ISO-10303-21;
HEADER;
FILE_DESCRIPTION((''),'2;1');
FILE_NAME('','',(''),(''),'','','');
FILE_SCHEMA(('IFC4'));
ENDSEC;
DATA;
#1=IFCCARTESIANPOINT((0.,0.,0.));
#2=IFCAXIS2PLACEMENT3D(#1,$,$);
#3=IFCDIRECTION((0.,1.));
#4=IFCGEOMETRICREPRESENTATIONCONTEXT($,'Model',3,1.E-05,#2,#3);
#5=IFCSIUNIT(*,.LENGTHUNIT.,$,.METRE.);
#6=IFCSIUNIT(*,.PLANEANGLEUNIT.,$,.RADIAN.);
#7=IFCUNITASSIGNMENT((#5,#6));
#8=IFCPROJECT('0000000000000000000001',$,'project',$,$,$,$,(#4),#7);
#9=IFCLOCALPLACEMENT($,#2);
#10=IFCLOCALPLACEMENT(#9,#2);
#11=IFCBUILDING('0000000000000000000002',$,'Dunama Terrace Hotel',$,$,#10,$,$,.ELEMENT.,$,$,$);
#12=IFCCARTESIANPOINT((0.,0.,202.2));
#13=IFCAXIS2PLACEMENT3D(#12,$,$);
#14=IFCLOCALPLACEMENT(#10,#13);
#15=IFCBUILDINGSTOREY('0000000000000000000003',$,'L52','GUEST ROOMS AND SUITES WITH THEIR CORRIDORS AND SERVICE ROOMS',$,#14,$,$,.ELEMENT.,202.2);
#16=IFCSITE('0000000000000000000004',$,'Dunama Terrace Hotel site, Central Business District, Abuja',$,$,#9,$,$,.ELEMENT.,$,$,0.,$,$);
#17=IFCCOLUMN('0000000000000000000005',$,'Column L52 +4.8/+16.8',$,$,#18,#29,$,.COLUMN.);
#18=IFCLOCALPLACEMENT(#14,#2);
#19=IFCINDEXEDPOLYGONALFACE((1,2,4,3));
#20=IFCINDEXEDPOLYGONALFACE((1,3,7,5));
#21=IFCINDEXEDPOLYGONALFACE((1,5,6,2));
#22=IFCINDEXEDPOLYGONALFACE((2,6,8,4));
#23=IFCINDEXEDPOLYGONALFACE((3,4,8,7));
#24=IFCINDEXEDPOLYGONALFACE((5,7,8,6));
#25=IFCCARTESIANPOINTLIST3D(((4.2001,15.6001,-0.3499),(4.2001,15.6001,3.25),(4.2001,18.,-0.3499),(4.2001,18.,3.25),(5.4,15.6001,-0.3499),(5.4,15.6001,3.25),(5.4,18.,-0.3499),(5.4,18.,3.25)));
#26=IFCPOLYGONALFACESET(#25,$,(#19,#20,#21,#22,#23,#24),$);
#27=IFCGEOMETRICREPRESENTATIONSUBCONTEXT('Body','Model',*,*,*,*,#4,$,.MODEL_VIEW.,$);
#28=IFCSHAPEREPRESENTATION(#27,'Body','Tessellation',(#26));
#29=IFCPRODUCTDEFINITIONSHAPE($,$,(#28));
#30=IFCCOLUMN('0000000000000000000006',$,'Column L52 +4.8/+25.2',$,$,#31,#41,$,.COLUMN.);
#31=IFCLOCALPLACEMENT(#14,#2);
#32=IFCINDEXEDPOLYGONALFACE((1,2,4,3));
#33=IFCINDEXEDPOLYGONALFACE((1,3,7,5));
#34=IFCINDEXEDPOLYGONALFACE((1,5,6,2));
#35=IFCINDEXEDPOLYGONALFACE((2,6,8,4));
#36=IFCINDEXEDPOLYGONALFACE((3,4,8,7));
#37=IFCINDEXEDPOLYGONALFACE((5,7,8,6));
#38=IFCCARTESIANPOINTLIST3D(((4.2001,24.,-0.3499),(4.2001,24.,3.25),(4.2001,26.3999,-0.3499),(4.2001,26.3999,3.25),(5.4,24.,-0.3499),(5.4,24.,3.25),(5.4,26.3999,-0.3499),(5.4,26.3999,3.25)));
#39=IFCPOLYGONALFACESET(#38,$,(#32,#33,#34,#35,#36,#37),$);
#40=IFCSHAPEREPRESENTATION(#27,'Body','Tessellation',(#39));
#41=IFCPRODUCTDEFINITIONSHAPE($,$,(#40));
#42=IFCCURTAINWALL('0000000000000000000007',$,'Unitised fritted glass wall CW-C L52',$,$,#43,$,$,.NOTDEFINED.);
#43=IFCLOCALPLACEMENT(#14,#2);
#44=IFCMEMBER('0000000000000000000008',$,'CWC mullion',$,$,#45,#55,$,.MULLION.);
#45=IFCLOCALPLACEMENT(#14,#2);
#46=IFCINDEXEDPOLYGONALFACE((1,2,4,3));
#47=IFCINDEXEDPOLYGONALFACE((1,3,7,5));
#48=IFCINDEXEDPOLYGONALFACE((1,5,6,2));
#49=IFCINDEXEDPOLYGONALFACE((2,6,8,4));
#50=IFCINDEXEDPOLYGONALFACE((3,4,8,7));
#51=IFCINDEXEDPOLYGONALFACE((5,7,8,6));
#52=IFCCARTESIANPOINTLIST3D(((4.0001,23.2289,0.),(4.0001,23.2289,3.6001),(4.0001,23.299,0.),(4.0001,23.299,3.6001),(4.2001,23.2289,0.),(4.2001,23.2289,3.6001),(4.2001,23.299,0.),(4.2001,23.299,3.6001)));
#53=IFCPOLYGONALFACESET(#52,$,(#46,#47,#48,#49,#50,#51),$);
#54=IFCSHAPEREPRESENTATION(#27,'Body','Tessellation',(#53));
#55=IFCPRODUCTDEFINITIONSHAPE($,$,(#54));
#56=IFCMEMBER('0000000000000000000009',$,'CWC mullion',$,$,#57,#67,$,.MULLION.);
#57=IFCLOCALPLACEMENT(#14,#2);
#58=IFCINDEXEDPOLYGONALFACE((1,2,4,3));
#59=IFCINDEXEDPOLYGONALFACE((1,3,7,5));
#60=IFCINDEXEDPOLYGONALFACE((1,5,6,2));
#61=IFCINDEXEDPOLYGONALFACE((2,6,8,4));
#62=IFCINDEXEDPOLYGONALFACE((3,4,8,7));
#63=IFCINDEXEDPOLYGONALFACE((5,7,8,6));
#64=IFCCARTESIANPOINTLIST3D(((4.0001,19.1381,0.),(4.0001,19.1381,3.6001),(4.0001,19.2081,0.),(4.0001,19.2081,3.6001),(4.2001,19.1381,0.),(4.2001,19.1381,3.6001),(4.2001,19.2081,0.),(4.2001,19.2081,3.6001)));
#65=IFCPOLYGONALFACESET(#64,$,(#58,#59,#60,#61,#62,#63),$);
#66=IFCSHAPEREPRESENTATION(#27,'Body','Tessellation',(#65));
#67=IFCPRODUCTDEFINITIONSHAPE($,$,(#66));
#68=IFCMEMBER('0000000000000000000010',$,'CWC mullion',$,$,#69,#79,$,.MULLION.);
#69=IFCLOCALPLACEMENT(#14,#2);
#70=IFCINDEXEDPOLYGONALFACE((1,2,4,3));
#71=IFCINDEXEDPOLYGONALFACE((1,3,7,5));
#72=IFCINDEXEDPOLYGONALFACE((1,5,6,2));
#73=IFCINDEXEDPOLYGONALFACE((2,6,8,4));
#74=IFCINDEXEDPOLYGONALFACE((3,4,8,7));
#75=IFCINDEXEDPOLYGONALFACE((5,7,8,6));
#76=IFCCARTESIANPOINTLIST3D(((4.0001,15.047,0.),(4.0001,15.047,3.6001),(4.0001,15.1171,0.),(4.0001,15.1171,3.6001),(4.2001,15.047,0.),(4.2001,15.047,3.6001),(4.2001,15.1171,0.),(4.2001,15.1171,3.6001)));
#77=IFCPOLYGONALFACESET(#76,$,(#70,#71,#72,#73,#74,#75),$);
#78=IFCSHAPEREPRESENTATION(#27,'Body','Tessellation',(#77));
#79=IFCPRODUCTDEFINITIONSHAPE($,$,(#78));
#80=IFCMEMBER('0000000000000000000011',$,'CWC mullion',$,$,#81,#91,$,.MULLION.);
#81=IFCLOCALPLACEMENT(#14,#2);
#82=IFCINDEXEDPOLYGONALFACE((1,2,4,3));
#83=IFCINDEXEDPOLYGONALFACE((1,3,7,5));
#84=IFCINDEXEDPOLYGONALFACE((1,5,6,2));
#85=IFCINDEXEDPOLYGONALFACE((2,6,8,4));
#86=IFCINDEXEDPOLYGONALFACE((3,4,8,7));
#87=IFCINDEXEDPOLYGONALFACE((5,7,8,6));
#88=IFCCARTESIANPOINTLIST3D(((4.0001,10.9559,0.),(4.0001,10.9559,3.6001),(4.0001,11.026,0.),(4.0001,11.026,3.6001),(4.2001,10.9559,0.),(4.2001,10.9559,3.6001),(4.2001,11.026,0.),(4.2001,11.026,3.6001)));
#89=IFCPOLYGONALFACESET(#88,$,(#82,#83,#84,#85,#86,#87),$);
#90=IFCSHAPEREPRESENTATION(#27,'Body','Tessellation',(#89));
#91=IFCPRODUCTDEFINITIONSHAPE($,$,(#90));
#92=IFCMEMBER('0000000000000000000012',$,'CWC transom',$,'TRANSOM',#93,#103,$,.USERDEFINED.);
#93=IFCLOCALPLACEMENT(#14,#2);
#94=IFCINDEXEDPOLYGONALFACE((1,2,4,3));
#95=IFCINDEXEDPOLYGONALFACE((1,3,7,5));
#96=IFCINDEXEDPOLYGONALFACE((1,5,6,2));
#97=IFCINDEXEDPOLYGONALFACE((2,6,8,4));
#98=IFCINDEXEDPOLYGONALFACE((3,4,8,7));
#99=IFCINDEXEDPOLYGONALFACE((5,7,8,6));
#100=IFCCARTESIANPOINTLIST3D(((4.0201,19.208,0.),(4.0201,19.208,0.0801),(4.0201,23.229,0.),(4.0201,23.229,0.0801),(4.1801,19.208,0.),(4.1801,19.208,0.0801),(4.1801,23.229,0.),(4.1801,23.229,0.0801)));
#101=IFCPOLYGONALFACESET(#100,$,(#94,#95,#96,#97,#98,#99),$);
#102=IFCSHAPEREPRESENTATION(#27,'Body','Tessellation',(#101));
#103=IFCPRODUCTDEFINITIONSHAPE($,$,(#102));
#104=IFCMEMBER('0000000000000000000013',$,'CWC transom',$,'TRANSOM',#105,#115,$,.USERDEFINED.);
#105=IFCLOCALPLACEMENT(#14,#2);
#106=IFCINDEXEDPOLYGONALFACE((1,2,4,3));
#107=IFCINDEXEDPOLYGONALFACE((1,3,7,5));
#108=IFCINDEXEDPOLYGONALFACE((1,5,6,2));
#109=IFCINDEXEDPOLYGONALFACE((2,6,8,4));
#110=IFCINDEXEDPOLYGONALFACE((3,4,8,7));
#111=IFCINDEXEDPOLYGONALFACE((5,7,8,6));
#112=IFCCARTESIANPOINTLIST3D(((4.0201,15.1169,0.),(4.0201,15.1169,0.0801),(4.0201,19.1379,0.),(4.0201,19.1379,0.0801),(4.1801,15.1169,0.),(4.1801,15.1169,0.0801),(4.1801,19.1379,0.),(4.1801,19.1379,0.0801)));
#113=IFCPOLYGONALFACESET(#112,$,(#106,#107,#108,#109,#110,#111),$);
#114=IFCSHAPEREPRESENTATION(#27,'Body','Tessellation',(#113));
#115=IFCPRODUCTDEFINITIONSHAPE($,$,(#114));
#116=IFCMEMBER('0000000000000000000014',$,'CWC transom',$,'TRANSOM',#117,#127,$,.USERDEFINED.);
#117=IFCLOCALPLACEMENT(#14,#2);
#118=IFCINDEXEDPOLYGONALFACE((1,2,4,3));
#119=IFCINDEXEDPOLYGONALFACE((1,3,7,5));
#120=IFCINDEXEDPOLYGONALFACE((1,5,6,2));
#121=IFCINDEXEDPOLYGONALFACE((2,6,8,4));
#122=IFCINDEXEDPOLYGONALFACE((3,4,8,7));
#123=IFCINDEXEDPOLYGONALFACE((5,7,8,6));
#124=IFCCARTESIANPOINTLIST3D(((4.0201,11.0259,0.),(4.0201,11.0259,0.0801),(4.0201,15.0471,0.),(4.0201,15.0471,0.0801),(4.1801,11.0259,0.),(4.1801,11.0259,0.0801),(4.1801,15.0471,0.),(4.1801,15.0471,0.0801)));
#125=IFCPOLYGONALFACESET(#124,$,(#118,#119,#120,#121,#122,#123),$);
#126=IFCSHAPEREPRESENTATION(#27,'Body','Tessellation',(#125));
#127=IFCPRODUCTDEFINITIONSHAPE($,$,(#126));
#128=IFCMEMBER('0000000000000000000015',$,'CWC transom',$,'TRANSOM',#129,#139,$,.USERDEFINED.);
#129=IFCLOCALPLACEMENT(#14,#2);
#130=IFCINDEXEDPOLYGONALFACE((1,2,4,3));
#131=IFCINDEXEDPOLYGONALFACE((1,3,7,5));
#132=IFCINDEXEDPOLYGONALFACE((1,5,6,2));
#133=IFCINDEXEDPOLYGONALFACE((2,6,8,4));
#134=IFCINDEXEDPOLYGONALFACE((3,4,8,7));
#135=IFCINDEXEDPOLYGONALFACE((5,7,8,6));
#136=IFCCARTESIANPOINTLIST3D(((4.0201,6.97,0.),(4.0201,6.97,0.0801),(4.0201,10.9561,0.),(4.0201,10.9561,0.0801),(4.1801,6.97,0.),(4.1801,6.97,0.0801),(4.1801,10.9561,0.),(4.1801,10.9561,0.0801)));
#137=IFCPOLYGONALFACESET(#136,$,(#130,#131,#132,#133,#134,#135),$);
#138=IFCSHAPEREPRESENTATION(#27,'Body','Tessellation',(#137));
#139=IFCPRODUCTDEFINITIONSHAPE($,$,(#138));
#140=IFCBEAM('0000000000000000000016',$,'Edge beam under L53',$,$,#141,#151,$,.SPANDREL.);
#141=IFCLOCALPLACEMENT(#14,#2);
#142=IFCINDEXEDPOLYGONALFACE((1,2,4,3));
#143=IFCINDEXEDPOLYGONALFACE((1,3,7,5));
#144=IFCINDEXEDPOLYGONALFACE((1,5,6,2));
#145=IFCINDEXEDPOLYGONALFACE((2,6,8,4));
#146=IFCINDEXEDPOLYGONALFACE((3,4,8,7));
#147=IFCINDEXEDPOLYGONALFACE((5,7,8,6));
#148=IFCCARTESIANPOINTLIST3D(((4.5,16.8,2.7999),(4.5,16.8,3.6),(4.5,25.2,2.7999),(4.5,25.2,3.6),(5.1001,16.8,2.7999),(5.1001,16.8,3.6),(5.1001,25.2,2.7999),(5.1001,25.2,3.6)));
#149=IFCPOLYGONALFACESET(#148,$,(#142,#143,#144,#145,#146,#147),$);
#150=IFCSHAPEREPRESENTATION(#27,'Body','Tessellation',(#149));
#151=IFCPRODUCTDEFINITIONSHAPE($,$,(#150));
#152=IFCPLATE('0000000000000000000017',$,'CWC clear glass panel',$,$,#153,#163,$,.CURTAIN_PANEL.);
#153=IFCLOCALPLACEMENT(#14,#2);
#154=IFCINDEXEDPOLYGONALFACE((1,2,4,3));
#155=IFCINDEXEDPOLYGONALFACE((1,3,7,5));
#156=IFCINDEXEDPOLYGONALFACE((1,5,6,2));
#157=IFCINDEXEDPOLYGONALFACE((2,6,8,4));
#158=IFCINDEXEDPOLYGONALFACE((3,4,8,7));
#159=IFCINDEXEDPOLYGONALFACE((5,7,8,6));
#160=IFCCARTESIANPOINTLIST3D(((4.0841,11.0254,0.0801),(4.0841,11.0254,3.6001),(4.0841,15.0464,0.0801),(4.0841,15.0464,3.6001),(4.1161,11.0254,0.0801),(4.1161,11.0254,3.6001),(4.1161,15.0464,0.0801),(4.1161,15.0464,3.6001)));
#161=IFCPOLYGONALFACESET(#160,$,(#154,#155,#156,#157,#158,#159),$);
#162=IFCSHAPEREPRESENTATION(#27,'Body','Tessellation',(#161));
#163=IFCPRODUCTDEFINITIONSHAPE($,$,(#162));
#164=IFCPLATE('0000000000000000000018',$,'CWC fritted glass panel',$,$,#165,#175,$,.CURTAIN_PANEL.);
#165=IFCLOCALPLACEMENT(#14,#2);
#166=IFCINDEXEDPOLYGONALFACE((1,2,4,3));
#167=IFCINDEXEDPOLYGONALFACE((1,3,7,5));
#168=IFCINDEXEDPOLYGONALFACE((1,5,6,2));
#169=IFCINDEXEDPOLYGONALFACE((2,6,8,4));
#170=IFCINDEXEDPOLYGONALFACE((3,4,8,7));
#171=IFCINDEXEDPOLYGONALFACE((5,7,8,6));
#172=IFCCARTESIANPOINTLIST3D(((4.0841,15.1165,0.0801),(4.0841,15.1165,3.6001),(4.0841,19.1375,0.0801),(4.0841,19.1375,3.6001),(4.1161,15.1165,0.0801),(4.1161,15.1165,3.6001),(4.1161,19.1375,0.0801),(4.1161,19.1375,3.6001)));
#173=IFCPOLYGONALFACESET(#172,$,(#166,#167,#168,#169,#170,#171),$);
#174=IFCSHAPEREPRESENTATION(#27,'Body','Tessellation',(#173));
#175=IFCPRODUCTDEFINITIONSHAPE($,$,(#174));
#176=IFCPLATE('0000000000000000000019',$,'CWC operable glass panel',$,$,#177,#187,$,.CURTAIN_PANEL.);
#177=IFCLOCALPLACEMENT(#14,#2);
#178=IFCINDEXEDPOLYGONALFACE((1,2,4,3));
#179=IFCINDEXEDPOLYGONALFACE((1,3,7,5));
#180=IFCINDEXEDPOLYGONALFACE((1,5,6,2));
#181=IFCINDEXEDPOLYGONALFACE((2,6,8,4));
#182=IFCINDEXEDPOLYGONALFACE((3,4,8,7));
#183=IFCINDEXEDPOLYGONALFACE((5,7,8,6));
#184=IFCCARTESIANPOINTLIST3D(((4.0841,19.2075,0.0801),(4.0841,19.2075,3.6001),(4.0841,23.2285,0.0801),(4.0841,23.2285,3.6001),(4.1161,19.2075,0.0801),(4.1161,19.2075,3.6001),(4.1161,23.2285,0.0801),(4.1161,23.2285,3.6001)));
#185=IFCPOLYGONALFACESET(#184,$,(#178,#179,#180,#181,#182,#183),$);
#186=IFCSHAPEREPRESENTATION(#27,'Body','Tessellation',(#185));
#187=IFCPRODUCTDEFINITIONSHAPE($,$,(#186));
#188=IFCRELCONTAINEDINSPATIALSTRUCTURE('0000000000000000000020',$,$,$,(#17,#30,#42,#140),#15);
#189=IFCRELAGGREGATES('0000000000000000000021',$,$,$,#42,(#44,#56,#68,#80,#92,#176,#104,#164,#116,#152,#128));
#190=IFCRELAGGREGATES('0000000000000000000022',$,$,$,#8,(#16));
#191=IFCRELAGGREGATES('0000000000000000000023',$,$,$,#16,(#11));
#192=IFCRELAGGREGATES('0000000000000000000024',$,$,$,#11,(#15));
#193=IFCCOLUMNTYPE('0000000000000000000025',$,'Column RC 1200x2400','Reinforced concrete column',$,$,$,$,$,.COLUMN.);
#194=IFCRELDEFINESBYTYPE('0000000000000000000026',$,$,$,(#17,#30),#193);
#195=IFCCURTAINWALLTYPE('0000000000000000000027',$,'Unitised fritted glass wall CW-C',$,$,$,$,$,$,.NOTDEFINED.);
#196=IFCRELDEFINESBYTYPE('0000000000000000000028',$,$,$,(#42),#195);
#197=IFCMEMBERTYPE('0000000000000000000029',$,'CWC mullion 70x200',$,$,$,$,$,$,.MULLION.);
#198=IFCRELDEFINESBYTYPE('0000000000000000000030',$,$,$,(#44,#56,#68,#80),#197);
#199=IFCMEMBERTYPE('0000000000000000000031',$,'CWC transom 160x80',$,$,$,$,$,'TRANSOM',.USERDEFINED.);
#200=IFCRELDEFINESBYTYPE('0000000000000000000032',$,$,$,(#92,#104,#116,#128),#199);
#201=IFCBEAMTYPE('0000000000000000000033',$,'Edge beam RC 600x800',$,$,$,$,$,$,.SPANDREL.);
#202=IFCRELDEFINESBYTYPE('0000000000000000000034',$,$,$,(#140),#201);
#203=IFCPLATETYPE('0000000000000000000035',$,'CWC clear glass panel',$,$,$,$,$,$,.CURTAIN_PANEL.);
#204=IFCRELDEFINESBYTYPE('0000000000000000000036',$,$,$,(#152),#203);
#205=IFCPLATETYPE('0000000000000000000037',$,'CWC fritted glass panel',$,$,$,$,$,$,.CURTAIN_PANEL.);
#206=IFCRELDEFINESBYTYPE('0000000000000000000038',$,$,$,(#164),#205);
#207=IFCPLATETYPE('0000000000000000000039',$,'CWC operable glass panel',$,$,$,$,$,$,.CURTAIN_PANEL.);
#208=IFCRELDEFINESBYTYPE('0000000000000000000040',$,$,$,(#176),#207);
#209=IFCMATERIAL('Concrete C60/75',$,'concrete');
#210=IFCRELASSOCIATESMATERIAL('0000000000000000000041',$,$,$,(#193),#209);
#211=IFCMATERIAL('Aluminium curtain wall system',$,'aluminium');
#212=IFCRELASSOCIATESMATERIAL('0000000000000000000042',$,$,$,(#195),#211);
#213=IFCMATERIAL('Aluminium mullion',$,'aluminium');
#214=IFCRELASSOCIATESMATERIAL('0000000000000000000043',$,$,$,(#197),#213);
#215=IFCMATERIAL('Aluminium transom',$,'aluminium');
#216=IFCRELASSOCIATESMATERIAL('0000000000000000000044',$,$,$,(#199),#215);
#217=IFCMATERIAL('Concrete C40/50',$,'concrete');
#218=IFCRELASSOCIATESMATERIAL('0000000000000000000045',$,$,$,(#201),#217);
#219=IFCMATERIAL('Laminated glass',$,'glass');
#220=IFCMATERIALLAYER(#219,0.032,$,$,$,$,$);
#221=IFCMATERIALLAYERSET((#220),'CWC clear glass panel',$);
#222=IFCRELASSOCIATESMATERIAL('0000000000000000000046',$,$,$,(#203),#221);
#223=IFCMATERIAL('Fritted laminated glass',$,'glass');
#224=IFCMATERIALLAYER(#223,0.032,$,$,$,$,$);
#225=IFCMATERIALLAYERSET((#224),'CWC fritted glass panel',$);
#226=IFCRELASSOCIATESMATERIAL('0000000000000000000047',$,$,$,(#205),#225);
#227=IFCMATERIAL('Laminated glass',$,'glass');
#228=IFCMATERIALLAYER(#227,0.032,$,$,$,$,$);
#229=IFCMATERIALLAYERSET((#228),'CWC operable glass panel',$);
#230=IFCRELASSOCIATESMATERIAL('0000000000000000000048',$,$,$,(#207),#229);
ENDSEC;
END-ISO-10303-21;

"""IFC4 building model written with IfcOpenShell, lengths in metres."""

from ifc_helpers import new_model, si_unit, direction, frame, origin, origin_2d, place, context, subcontext, project, spatial, rectangle, extrude, material, layer, layer_set, material_profile, profile_set, type_object, element, aggregate, save


model = new_model("IFC4")

# Units and contexts
model_context = context("Model", 3, precision=1e-05, world=origin(), true_north=direction((0.0, 1.0)))
body_context = subcontext(model_context, "Body", "Model", "MODEL_VIEW")
ifc_project = project(units=[si_unit("LENGTHUNIT", "METRE"), si_unit("PLANEANGLEUNIT", "RADIAN")], contexts=[model_context])

# Site, building, storey
site_placement = place(None, origin())
site = spatial("IfcSite", under=ifc_project, at=site_placement, Name="Dunama Terrace Hotel site, Central Business District, Abuja", CompositionType="ELEMENT", RefElevation=0.0)
building_placement = place(site_placement, origin())
building = spatial("IfcBuilding", under=site, at=building_placement, Name="Dunama Terrace Hotel", CompositionType="ELEMENT")
storey_placement = place(building_placement, frame((0.0, 0.0, 202.2)))
storey = spatial("IfcBuildingStorey", under=building, at=storey_placement, Name="L52", Description="GUEST ROOMS AND SUITES WITH THEIR CORRIDORS AND SERVICE ROOMS", CompositionType="ELEMENT", Elevation=202.2)

# Columns
ifc_material_1 = material(Name="Concrete C60/75", Category="concrete")
ifc_material_profile_1 = material_profile(ifc_material_1, rectangle(XDim=1.2, YDim=2.3999, at=origin_2d()), Name="RC 1200x2400")
ifc_profile_set_1 = profile_set([ifc_material_profile_1], Name="Concrete C60/75")
column_type = type_object("IfcColumnType", Name="Column RC 1200x2400", Description="Reinforced concrete column", PredefinedType="COLUMN", material=ifc_profile_set_1)
for number, where, z_axis, x_axis, name in (
    (1, (4.8, 16.8, -0.3499), (0.0, 0.0, 1.0), (1.0, 0.0, 0.0), "Column L52 +4.8/+16.8"),
    (2, (4.8, 25.2, -0.3499), (0.0, 0.0, 1.0), (1.0, 0.0, 0.0), "Column L52 +4.8/+25.2"),
):
    element("IfcColumn", number, at=place(storey_placement, frame(where, z_axis=z_axis, x_axis=x_axis)), inside=storey, type_object=column_type, Name=name, PredefinedType="COLUMN", context=body_context, shape_type="SweptSolid", body=[
        extrude(rectangle(XDim=1.2, YDim=2.3999, at=origin_2d()), origin(), (0.0, 0.0, 1.0), 3.5999),
    ])

# Curtain wall, members
ifc_material_2 = material(Name="Aluminium curtain wall system", Category="aluminium")
curtain_wall_type = type_object("IfcCurtainWallType", Name="Unitised fritted glass wall CW-C", PredefinedType="NOTDEFINED", material=ifc_material_2)
curtain_wall_placement = place(storey_placement, origin())
curtain_wall = element("IfcCurtainWall", 3, at=curtain_wall_placement, inside=storey, type_object=curtain_wall_type, Name="Unitised fritted glass wall CW-C L52", PredefinedType="NOTDEFINED")
ifc_material_3 = material(Name="Aluminium mullion", Category="aluminium")
ifc_material_profile_2 = material_profile(ifc_material_3, rectangle(XDim=0.0701, YDim=0.2, at=origin_2d()), Name="CWC MULLION 70X200")
ifc_profile_set_2 = profile_set([ifc_material_profile_2], Name="Aluminium mullion")
member_type_1 = type_object("IfcMemberType", Name="CWC mullion 70x200", PredefinedType="MULLION", material=ifc_profile_set_2)
member_1_placement = place(storey_placement, frame((4.1001, 23.2639, 0.0), z_axis=(0.0, 0.0, 1.0), x_axis=(0.0, -1.0, 0.0)))
member_1 = element("IfcMember", 4, at=member_1_placement, type_object=member_type_1, Name="CWC mullion", PredefinedType="MULLION", context=body_context, shape_type="SweptSolid", body=[
    extrude(rectangle(XDim=0.0701, YDim=0.2, at=origin_2d()), origin(), (0.0, 0.0, 1.0), 3.6001),
])
member_2_placement = place(storey_placement, frame((4.1001, 19.1731, 0.0), z_axis=(0.0, 0.0, 1.0), x_axis=(0.0, -1.0, 0.0)))
member_2 = element("IfcMember", 5, at=member_2_placement, type_object=member_type_1, Name="CWC mullion", PredefinedType="MULLION", context=body_context, shape_type="SweptSolid", body=[
    extrude(rectangle(XDim=0.0701, YDim=0.2, at=origin_2d()), origin(), (0.0, 0.0, 1.0), 3.6001),
])
member_3_placement = place(storey_placement, frame((4.1001, 15.082, 0.0), z_axis=(0.0, 0.0, 1.0), x_axis=(0.0, -1.0, 0.0)))
member_3 = element("IfcMember", 6, at=member_3_placement, type_object=member_type_1, Name="CWC mullion", PredefinedType="MULLION", context=body_context, shape_type="SweptSolid", body=[
    extrude(rectangle(XDim=0.0701, YDim=0.2, at=origin_2d()), origin(), (0.0, 0.0, 1.0), 3.6001),
])
member_4_placement = place(storey_placement, frame((4.1001, 10.991, 0.0), z_axis=(0.0, 0.0, 1.0), x_axis=(0.0, -1.0, 0.0)))
member_4 = element("IfcMember", 7, at=member_4_placement, type_object=member_type_1, Name="CWC mullion", PredefinedType="MULLION", context=body_context, shape_type="SweptSolid", body=[
    extrude(rectangle(XDim=0.0701, YDim=0.2, at=origin_2d()), origin(), (0.0, 0.0, 1.0), 3.6001),
])
ifc_material_4 = material(Name="Aluminium transom", Category="aluminium")
ifc_material_profile_3 = material_profile(ifc_material_4, rectangle(XDim=0.1599, YDim=0.0801, at=origin_2d()), Name="CWC TRANSOM 160X80")
ifc_profile_set_3 = profile_set([ifc_material_profile_3], Name="Aluminium transom")
member_type_2 = type_object("IfcMemberType", Name="CWC transom 160x80", ElementType="TRANSOM", PredefinedType="USERDEFINED", material=ifc_profile_set_3)
member_5_placement = place(storey_placement, frame((4.1001, 23.229, 0.04), z_axis=(0.0, -1.0, 0.0), x_axis=(1.0, 0.0, 0.0)))
member_5 = element("IfcMember", 8, at=member_5_placement, type_object=member_type_2, Name="CWC transom", ObjectType="TRANSOM", PredefinedType="USERDEFINED", context=body_context, shape_type="SweptSolid", body=[
    extrude(rectangle(XDim=0.1599, YDim=0.0801, at=origin_2d()), origin(), (0.0, 0.0, 1.0), 4.021),
])
member_6_placement = place(storey_placement, frame((4.1001, 19.1379, 0.04), z_axis=(0.0, -1.0, 0.0), x_axis=(1.0, 0.0, 0.0)))
member_6 = element("IfcMember", 9, at=member_6_placement, type_object=member_type_2, Name="CWC transom", ObjectType="TRANSOM", PredefinedType="USERDEFINED", context=body_context, shape_type="SweptSolid", body=[
    extrude(rectangle(XDim=0.1599, YDim=0.0801, at=origin_2d()), origin(), (0.0, 0.0, 1.0), 4.021),
])
member_7_placement = place(storey_placement, frame((4.1001, 15.0471, 0.04), z_axis=(0.0, -1.0, 0.0), x_axis=(1.0, 0.0, 0.0)))
member_7 = element("IfcMember", 10, at=member_7_placement, type_object=member_type_2, Name="CWC transom", ObjectType="TRANSOM", PredefinedType="USERDEFINED", context=body_context, shape_type="SweptSolid", body=[
    extrude(rectangle(XDim=0.1599, YDim=0.0801, at=origin_2d()), origin(), (0.0, 0.0, 1.0), 4.0212),
])
member_8_placement = place(storey_placement, frame((4.1001, 10.9561, 0.04), z_axis=(0.0, -1.0, 0.0), x_axis=(1.0, 0.0, 0.0)))
member_8 = element("IfcMember", 11, at=member_8_placement, type_object=member_type_2, Name="CWC transom", ObjectType="TRANSOM", PredefinedType="USERDEFINED", context=body_context, shape_type="SweptSolid", body=[
    extrude(rectangle(XDim=0.1599, YDim=0.0801, at=origin_2d()), origin(), (0.0, 0.0, 1.0), 3.9861),
])

# Beam
ifc_material_5 = material(Name="Concrete C40/50", Category="concrete")
ifc_material_profile_4 = material_profile(ifc_material_5, rectangle(XDim=0.6001, YDim=0.8, at=origin_2d()), Name="RC 600x800")
ifc_profile_set_4 = profile_set([ifc_material_profile_4], Name="Concrete C40/50")
beam_type = type_object("IfcBeamType", Name="Edge beam RC 600x800", PredefinedType="SPANDREL", material=ifc_profile_set_4)
beam_placement = place(storey_placement, frame((4.8, 16.8, 3.2), z_axis=(0.0, 1.0, 0.0), x_axis=(-1.0, 0.0, 0.0)))
element("IfcBeam", 12, at=beam_placement, inside=storey, type_object=beam_type, Name="Edge beam under L53", PredefinedType="SPANDREL", context=body_context, shape_type="SweptSolid", body=[
    extrude(rectangle(XDim=0.6001, YDim=0.8, at=origin_2d()), origin(), (0.0, 0.0, 1.0), 8.3999),
])

# Plates
ifc_material_6 = material(Name="Laminated glass", Category="glass")
ifc_layer_1 = layer(ifc_material_6, 0.032)
ifc_layer_set_1 = layer_set([ifc_layer_1], Name="CWC clear glass panel")
plate_type_1 = type_object("IfcPlateType", Name="CWC clear glass panel", PredefinedType="CURTAIN_PANEL", material=ifc_layer_set_1)
plate_1_placement = place(storey_placement, frame((4.1001, 13.0359, 0.0801), z_axis=(0.0, 0.0, 1.0), x_axis=(0.0, -1.0, 0.0)))
plate_1 = element("IfcPlate", 13, at=plate_1_placement, type_object=plate_type_1, Name="CWC clear glass panel", PredefinedType="CURTAIN_PANEL", context=body_context, shape_type="SweptSolid", body=[
    extrude(rectangle(XDim=4.021, YDim=0.032, at=origin_2d()), origin(), (0.0, 0.0, 1.0), 3.52),
])
ifc_material_7 = material(Name="Fritted laminated glass", Category="glass")
ifc_layer_2 = layer(ifc_material_7, 0.032)
ifc_layer_set_2 = layer_set([ifc_layer_2], Name="CWC fritted glass panel")
plate_type_2 = type_object("IfcPlateType", Name="CWC fritted glass panel", PredefinedType="CURTAIN_PANEL", material=ifc_layer_set_2)
plate_2_placement = place(storey_placement, frame((4.1001, 17.127, 0.0801), z_axis=(0.0, 0.0, 1.0), x_axis=(0.0, -1.0, 0.0)))
plate_2 = element("IfcPlate", 14, at=plate_2_placement, type_object=plate_type_2, Name="CWC fritted glass panel", PredefinedType="CURTAIN_PANEL", context=body_context, shape_type="SweptSolid", body=[
    extrude(rectangle(XDim=4.021, YDim=0.032, at=origin_2d()), origin(), (0.0, 0.0, 1.0), 3.52),
])
ifc_material_8 = material(Name="Laminated glass", Category="glass")
ifc_layer_3 = layer(ifc_material_8, 0.032)
ifc_layer_set_3 = layer_set([ifc_layer_3], Name="CWC operable glass panel")
plate_type_3 = type_object("IfcPlateType", Name="CWC operable glass panel", PredefinedType="CURTAIN_PANEL", material=ifc_layer_set_3)
plate_3_placement = place(storey_placement, frame((4.1001, 21.218, 0.0801), z_axis=(0.0, 0.0, 1.0), x_axis=(0.0, -1.0, 0.0)))
plate_3 = element("IfcPlate", 15, at=plate_3_placement, type_object=plate_type_3, Name="CWC operable glass panel", PredefinedType="CURTAIN_PANEL", context=body_context, shape_type="SweptSolid", body=[
    extrude(rectangle(XDim=4.021, YDim=0.032, at=origin_2d()), origin(), (0.0, 0.0, 1.0), 3.52),
])
aggregate(curtain_wall, [member_1, member_2, member_3, member_4, member_5, plate_3, member_6, plate_2, member_7, plate_1, member_8])

save(model, "model.ifc")
